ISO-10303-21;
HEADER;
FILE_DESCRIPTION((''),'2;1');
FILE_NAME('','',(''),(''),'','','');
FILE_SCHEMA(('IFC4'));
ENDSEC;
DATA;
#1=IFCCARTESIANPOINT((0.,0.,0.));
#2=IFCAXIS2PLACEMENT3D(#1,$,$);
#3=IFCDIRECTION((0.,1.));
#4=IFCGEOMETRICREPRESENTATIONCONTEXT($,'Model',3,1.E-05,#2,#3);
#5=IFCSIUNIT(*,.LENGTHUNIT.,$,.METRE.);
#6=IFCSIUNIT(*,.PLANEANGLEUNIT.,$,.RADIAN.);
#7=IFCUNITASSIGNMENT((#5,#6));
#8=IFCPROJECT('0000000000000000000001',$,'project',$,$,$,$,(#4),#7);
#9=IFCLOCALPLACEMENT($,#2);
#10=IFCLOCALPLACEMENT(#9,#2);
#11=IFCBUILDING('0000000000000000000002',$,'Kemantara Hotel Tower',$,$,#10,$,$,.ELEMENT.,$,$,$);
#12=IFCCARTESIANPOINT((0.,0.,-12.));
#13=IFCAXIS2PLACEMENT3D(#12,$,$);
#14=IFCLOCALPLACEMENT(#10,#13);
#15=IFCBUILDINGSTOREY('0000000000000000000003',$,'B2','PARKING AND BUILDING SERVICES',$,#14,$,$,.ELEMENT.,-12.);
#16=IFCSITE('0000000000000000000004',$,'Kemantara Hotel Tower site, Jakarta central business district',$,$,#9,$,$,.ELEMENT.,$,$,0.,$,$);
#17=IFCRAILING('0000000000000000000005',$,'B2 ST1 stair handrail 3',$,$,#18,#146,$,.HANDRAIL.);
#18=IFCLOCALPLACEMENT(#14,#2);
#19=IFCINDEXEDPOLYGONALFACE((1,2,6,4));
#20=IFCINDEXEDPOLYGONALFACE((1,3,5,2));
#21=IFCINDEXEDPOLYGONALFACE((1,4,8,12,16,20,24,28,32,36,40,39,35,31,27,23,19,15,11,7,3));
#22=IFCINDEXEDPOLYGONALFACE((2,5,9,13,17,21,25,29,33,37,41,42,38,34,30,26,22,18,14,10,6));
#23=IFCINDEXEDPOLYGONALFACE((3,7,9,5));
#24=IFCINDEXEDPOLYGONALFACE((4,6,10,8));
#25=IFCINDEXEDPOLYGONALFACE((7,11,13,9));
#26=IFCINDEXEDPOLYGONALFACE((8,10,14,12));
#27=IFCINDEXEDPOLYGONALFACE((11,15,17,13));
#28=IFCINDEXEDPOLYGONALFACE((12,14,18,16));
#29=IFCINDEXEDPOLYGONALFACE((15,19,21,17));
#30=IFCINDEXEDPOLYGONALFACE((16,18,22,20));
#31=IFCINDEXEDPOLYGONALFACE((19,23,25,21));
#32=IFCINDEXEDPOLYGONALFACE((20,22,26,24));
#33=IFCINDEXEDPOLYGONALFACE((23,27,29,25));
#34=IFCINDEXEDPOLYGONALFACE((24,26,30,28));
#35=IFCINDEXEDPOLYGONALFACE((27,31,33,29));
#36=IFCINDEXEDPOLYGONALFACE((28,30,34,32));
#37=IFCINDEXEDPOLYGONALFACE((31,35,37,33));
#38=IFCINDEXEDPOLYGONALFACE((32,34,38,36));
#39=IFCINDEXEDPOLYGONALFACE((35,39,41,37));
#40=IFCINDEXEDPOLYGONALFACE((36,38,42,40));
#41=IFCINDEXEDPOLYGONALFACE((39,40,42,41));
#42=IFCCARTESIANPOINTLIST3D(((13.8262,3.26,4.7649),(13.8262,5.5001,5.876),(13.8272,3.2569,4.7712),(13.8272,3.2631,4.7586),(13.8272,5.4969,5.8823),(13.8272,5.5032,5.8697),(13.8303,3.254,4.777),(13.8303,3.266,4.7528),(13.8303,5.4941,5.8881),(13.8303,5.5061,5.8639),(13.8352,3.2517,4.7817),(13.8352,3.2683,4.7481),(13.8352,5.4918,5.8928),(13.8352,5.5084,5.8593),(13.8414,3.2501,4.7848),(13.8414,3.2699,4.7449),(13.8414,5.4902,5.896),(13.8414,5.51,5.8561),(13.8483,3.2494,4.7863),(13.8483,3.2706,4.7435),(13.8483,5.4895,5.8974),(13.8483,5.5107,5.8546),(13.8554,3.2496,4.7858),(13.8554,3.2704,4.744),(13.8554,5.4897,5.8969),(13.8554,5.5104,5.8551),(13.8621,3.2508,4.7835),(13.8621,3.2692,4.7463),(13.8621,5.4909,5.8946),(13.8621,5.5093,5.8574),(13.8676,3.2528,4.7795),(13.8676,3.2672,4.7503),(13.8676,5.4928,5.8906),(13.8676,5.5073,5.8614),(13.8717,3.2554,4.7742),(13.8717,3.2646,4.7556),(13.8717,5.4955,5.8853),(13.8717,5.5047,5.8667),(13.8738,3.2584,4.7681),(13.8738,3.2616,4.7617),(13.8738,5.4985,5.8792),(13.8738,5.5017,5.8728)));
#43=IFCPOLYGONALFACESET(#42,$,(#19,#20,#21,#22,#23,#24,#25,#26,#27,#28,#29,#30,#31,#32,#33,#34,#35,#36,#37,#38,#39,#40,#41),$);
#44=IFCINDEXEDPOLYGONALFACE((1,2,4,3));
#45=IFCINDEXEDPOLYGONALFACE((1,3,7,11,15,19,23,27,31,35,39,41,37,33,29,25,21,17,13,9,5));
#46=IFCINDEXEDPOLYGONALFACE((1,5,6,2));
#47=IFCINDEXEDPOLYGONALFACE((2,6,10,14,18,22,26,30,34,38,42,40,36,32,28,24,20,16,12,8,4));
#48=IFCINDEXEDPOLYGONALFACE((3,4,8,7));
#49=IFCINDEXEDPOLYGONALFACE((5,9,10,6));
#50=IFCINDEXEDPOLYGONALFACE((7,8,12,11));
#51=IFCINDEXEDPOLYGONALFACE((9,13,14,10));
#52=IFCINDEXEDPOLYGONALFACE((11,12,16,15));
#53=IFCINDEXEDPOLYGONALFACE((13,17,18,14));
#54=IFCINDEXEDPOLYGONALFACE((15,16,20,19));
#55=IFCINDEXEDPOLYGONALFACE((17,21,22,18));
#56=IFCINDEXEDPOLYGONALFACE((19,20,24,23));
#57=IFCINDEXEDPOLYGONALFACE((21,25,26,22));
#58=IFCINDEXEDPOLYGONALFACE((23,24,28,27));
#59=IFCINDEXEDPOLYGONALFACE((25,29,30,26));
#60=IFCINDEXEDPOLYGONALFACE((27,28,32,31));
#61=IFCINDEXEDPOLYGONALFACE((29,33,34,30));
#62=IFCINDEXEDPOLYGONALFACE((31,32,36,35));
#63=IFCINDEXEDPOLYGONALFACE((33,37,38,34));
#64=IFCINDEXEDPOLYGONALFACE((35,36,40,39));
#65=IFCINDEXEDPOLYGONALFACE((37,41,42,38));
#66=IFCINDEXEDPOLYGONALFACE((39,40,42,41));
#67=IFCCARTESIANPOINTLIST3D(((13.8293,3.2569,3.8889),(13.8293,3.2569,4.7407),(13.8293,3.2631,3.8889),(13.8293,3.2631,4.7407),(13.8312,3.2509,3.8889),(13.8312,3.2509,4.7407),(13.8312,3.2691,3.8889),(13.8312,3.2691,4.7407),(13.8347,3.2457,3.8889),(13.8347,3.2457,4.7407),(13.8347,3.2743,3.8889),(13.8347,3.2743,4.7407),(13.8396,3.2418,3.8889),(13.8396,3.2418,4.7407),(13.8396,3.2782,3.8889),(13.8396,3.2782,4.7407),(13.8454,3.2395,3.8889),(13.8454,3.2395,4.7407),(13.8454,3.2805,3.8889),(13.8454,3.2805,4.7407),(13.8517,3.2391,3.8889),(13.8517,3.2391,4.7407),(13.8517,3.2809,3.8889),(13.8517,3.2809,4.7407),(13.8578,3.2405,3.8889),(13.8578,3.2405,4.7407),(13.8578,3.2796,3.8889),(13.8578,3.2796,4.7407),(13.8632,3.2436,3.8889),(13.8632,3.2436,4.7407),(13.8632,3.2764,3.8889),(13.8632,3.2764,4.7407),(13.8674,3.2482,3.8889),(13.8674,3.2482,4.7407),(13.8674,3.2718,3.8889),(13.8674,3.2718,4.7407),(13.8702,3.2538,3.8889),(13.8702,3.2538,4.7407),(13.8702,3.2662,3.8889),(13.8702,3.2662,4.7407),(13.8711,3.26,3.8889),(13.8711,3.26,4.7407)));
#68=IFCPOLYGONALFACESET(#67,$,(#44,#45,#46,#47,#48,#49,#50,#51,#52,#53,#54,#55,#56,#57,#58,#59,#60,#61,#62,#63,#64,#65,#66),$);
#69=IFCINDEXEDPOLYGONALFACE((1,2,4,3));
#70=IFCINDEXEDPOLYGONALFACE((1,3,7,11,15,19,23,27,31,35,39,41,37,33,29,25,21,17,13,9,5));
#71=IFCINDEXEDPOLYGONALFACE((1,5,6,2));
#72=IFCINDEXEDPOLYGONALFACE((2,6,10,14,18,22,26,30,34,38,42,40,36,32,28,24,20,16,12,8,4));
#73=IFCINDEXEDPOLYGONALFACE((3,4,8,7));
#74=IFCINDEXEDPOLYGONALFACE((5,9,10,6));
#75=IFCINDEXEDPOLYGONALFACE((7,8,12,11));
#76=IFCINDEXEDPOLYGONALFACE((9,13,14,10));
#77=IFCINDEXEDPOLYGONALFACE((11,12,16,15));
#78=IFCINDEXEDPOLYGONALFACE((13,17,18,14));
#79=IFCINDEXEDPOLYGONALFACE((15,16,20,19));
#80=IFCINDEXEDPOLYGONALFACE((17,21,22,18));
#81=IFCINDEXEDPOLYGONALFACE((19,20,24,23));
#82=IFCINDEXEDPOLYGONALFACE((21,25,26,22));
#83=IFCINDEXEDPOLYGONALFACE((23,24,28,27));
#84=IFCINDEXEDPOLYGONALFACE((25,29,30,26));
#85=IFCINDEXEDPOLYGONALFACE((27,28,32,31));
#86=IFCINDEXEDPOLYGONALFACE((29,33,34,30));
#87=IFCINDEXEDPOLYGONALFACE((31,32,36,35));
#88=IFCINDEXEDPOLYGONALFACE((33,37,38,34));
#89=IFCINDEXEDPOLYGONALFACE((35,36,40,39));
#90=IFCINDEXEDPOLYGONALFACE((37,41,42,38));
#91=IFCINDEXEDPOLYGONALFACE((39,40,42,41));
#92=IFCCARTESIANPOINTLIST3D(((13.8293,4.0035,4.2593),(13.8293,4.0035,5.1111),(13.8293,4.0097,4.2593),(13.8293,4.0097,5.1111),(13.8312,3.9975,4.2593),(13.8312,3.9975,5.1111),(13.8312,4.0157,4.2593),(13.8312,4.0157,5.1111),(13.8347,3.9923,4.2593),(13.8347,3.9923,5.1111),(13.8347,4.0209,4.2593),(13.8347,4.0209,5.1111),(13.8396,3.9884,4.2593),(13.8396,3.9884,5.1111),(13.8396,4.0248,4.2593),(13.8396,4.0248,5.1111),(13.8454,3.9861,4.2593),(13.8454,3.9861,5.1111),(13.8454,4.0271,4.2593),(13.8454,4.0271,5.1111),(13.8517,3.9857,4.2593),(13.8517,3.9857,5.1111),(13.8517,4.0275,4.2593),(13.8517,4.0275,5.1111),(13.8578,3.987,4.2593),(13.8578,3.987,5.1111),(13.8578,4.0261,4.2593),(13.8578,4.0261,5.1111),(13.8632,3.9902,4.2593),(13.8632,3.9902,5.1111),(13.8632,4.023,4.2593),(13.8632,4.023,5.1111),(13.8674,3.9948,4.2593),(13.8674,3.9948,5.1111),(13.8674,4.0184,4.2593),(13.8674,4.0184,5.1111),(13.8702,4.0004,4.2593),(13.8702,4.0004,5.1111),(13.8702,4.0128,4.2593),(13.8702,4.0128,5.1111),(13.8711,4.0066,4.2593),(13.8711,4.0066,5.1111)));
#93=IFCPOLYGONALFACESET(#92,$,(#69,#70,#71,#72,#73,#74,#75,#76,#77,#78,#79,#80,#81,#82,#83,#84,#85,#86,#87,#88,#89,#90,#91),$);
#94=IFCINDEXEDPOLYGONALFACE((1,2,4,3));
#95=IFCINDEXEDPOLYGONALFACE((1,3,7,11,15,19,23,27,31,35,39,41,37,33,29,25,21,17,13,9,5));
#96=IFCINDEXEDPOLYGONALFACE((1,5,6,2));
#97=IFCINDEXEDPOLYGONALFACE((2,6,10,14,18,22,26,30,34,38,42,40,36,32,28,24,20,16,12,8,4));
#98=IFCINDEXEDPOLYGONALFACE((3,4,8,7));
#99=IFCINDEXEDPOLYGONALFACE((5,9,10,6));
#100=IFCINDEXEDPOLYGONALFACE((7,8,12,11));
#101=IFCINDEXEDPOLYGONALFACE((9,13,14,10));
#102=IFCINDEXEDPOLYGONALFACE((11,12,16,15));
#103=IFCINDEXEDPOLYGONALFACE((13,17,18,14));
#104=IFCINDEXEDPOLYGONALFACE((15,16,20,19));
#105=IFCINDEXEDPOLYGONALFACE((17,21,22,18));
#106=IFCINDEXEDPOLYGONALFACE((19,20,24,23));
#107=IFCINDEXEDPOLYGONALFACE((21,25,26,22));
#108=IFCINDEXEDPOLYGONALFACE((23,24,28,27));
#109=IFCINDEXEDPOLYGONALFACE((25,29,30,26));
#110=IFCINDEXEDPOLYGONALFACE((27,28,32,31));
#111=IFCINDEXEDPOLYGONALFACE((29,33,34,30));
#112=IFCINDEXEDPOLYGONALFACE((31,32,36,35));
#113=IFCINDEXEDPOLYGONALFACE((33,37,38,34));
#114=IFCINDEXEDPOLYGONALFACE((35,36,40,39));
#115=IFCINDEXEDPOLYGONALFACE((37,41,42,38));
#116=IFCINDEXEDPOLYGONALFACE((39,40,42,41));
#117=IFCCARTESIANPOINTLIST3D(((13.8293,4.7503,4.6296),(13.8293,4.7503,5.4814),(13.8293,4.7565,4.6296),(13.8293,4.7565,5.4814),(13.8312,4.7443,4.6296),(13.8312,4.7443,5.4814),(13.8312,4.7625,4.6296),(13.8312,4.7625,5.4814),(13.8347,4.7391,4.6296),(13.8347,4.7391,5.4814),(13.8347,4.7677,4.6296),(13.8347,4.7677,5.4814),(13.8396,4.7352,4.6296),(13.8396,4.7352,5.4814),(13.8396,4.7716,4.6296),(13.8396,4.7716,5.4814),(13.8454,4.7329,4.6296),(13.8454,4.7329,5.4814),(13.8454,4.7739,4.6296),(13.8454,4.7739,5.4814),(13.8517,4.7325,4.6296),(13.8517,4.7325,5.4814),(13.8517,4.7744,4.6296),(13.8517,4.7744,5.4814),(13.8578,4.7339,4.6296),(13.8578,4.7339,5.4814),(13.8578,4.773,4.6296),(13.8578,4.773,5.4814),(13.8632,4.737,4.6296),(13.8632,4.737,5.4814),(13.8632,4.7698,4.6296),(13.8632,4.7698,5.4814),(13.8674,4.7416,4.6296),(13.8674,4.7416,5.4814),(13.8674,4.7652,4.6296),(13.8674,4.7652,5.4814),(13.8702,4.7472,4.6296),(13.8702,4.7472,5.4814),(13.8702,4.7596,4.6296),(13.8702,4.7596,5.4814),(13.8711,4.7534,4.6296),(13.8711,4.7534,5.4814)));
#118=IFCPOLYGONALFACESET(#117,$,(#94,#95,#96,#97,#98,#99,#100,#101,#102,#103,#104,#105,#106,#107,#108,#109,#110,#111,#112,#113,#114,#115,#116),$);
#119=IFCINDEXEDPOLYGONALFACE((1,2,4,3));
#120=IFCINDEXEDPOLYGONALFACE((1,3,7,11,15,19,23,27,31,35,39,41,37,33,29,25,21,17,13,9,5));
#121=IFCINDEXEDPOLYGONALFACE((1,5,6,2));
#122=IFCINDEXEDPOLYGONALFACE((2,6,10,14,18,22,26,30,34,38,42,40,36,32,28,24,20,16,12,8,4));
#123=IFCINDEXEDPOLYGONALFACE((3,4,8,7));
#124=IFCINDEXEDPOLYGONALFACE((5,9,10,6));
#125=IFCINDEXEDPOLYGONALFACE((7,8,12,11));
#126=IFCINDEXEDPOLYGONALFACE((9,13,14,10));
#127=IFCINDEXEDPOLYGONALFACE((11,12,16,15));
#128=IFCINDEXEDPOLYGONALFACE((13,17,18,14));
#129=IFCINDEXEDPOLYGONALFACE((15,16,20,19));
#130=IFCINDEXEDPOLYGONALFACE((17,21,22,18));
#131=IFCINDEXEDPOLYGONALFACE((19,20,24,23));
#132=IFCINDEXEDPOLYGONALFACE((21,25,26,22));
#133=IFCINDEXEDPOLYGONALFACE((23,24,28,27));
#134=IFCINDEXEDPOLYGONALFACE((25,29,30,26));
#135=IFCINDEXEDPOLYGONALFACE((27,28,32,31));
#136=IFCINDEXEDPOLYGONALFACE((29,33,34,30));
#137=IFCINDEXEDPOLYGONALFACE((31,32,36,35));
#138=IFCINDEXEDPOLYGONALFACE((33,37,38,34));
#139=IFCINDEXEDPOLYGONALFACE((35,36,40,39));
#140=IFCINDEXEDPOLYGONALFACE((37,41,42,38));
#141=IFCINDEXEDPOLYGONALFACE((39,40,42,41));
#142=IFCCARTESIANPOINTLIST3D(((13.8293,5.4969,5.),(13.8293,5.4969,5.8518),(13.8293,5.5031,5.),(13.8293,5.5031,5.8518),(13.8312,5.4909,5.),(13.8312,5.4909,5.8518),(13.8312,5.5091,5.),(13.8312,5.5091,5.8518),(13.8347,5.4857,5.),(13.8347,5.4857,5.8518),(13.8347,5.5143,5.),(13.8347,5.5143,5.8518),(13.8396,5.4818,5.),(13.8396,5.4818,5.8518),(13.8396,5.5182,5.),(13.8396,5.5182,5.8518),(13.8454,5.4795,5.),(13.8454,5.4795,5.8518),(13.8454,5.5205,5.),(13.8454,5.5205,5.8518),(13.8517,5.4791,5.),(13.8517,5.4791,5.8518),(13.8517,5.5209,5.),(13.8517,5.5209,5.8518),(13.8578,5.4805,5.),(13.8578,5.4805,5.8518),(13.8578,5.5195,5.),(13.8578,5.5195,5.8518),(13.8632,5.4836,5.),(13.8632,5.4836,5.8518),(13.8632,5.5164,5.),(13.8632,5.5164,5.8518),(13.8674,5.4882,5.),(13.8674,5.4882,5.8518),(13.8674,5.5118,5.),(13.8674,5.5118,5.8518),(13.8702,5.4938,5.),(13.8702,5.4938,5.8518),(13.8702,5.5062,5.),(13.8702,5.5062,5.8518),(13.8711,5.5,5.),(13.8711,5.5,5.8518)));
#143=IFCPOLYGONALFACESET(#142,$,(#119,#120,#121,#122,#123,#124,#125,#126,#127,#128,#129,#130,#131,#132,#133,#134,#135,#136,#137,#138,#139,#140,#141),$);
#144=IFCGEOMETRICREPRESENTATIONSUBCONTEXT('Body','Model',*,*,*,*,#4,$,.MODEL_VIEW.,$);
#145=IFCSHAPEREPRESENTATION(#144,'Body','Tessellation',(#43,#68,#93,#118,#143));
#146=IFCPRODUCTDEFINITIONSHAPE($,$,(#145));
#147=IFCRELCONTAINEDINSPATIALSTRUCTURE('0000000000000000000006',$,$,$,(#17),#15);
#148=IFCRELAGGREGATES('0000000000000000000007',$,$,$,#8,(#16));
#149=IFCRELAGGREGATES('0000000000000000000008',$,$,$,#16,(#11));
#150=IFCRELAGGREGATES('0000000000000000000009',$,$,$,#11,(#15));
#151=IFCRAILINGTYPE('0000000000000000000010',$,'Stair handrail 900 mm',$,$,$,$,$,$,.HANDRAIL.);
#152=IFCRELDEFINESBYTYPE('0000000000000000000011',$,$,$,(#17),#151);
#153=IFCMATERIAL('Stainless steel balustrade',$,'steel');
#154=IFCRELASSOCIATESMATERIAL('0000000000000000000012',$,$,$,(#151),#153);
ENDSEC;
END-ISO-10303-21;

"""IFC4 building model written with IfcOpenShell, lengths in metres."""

from ifc_helpers import new_model, si_unit, direction, frame, origin, origin_2d, place, context, subcontext, project, spatial, circle, extrude, material, type_object, element, save


model = new_model("IFC4")

# Units and contexts
model_context = context("Model", 3, precision=1e-05, world=origin(), true_north=direction((0.0, 1.0)))
body_context = subcontext(model_context, "Body", "Model", "MODEL_VIEW")
ifc_project = project(units=[si_unit("LENGTHUNIT", "METRE"), si_unit("PLANEANGLEUNIT", "RADIAN")], contexts=[model_context])

# Site, building, storey
site_placement = place(None, origin())
site = spatial("IfcSite", under=ifc_project, at=site_placement, Name="Kemantara Hotel Tower site, Jakarta central business district", CompositionType="ELEMENT", RefElevation=0.0)
building_placement = place(site_placement, origin())
building = spatial("IfcBuilding", under=site, at=building_placement, Name="Kemantara Hotel Tower", CompositionType="ELEMENT")
storey_placement = place(building_placement, frame((0.0, 0.0, -12.0)))
storey = spatial("IfcBuildingStorey", under=building, at=storey_placement, Name="B2", Description="PARKING AND BUILDING SERVICES", CompositionType="ELEMENT", Elevation=-12.0)

# Railing
ifc_material_1 = material(Name="Stainless steel balustrade", Category="steel")
railing_type_1 = type_object("IfcRailingType", Name="Stair handrail 900 mm", PredefinedType="HANDRAIL", material=ifc_material_1)
railing_1_placement = place(storey_placement, frame((13.8501, 3.26, 3.8889)))
element("IfcRailing", 1, at=railing_1_placement, inside=storey, type_object=railing_type_1, Name="B2 ST1 stair handrail 3", PredefinedType="HANDRAIL", context=body_context, shape_type="SweptSolid", body=[
    extrude(circle(Radius=0.0239, at=origin_2d()), frame((0.0, 0.0, 0.876), z_axis=(0.0, 0.895848, 0.44436), x_axis=(-1.0, 0.0, 0.0)), (0.0, 0.0, 1.0), 2.5005),
    extrude(circle(Radius=0.021, at=origin_2d()), origin(), (0.0, 0.0, 1.0), 0.8518),
    extrude(circle(Radius=0.021, at=origin_2d()), frame((0.0, 0.7466, 0.3704)), (0.0, 0.0, 1.0), 0.8518),
    extrude(circle(Radius=0.021, at=origin_2d()), frame((0.0, 1.4934, 0.7407)), (0.0, 0.0, 1.0), 0.8518),
    extrude(circle(Radius=0.021, at=origin_2d()), frame((0.0, 2.24, 1.1111)), (0.0, 0.0, 1.0), 0.8518),
])

save(model, "model.ifc")
